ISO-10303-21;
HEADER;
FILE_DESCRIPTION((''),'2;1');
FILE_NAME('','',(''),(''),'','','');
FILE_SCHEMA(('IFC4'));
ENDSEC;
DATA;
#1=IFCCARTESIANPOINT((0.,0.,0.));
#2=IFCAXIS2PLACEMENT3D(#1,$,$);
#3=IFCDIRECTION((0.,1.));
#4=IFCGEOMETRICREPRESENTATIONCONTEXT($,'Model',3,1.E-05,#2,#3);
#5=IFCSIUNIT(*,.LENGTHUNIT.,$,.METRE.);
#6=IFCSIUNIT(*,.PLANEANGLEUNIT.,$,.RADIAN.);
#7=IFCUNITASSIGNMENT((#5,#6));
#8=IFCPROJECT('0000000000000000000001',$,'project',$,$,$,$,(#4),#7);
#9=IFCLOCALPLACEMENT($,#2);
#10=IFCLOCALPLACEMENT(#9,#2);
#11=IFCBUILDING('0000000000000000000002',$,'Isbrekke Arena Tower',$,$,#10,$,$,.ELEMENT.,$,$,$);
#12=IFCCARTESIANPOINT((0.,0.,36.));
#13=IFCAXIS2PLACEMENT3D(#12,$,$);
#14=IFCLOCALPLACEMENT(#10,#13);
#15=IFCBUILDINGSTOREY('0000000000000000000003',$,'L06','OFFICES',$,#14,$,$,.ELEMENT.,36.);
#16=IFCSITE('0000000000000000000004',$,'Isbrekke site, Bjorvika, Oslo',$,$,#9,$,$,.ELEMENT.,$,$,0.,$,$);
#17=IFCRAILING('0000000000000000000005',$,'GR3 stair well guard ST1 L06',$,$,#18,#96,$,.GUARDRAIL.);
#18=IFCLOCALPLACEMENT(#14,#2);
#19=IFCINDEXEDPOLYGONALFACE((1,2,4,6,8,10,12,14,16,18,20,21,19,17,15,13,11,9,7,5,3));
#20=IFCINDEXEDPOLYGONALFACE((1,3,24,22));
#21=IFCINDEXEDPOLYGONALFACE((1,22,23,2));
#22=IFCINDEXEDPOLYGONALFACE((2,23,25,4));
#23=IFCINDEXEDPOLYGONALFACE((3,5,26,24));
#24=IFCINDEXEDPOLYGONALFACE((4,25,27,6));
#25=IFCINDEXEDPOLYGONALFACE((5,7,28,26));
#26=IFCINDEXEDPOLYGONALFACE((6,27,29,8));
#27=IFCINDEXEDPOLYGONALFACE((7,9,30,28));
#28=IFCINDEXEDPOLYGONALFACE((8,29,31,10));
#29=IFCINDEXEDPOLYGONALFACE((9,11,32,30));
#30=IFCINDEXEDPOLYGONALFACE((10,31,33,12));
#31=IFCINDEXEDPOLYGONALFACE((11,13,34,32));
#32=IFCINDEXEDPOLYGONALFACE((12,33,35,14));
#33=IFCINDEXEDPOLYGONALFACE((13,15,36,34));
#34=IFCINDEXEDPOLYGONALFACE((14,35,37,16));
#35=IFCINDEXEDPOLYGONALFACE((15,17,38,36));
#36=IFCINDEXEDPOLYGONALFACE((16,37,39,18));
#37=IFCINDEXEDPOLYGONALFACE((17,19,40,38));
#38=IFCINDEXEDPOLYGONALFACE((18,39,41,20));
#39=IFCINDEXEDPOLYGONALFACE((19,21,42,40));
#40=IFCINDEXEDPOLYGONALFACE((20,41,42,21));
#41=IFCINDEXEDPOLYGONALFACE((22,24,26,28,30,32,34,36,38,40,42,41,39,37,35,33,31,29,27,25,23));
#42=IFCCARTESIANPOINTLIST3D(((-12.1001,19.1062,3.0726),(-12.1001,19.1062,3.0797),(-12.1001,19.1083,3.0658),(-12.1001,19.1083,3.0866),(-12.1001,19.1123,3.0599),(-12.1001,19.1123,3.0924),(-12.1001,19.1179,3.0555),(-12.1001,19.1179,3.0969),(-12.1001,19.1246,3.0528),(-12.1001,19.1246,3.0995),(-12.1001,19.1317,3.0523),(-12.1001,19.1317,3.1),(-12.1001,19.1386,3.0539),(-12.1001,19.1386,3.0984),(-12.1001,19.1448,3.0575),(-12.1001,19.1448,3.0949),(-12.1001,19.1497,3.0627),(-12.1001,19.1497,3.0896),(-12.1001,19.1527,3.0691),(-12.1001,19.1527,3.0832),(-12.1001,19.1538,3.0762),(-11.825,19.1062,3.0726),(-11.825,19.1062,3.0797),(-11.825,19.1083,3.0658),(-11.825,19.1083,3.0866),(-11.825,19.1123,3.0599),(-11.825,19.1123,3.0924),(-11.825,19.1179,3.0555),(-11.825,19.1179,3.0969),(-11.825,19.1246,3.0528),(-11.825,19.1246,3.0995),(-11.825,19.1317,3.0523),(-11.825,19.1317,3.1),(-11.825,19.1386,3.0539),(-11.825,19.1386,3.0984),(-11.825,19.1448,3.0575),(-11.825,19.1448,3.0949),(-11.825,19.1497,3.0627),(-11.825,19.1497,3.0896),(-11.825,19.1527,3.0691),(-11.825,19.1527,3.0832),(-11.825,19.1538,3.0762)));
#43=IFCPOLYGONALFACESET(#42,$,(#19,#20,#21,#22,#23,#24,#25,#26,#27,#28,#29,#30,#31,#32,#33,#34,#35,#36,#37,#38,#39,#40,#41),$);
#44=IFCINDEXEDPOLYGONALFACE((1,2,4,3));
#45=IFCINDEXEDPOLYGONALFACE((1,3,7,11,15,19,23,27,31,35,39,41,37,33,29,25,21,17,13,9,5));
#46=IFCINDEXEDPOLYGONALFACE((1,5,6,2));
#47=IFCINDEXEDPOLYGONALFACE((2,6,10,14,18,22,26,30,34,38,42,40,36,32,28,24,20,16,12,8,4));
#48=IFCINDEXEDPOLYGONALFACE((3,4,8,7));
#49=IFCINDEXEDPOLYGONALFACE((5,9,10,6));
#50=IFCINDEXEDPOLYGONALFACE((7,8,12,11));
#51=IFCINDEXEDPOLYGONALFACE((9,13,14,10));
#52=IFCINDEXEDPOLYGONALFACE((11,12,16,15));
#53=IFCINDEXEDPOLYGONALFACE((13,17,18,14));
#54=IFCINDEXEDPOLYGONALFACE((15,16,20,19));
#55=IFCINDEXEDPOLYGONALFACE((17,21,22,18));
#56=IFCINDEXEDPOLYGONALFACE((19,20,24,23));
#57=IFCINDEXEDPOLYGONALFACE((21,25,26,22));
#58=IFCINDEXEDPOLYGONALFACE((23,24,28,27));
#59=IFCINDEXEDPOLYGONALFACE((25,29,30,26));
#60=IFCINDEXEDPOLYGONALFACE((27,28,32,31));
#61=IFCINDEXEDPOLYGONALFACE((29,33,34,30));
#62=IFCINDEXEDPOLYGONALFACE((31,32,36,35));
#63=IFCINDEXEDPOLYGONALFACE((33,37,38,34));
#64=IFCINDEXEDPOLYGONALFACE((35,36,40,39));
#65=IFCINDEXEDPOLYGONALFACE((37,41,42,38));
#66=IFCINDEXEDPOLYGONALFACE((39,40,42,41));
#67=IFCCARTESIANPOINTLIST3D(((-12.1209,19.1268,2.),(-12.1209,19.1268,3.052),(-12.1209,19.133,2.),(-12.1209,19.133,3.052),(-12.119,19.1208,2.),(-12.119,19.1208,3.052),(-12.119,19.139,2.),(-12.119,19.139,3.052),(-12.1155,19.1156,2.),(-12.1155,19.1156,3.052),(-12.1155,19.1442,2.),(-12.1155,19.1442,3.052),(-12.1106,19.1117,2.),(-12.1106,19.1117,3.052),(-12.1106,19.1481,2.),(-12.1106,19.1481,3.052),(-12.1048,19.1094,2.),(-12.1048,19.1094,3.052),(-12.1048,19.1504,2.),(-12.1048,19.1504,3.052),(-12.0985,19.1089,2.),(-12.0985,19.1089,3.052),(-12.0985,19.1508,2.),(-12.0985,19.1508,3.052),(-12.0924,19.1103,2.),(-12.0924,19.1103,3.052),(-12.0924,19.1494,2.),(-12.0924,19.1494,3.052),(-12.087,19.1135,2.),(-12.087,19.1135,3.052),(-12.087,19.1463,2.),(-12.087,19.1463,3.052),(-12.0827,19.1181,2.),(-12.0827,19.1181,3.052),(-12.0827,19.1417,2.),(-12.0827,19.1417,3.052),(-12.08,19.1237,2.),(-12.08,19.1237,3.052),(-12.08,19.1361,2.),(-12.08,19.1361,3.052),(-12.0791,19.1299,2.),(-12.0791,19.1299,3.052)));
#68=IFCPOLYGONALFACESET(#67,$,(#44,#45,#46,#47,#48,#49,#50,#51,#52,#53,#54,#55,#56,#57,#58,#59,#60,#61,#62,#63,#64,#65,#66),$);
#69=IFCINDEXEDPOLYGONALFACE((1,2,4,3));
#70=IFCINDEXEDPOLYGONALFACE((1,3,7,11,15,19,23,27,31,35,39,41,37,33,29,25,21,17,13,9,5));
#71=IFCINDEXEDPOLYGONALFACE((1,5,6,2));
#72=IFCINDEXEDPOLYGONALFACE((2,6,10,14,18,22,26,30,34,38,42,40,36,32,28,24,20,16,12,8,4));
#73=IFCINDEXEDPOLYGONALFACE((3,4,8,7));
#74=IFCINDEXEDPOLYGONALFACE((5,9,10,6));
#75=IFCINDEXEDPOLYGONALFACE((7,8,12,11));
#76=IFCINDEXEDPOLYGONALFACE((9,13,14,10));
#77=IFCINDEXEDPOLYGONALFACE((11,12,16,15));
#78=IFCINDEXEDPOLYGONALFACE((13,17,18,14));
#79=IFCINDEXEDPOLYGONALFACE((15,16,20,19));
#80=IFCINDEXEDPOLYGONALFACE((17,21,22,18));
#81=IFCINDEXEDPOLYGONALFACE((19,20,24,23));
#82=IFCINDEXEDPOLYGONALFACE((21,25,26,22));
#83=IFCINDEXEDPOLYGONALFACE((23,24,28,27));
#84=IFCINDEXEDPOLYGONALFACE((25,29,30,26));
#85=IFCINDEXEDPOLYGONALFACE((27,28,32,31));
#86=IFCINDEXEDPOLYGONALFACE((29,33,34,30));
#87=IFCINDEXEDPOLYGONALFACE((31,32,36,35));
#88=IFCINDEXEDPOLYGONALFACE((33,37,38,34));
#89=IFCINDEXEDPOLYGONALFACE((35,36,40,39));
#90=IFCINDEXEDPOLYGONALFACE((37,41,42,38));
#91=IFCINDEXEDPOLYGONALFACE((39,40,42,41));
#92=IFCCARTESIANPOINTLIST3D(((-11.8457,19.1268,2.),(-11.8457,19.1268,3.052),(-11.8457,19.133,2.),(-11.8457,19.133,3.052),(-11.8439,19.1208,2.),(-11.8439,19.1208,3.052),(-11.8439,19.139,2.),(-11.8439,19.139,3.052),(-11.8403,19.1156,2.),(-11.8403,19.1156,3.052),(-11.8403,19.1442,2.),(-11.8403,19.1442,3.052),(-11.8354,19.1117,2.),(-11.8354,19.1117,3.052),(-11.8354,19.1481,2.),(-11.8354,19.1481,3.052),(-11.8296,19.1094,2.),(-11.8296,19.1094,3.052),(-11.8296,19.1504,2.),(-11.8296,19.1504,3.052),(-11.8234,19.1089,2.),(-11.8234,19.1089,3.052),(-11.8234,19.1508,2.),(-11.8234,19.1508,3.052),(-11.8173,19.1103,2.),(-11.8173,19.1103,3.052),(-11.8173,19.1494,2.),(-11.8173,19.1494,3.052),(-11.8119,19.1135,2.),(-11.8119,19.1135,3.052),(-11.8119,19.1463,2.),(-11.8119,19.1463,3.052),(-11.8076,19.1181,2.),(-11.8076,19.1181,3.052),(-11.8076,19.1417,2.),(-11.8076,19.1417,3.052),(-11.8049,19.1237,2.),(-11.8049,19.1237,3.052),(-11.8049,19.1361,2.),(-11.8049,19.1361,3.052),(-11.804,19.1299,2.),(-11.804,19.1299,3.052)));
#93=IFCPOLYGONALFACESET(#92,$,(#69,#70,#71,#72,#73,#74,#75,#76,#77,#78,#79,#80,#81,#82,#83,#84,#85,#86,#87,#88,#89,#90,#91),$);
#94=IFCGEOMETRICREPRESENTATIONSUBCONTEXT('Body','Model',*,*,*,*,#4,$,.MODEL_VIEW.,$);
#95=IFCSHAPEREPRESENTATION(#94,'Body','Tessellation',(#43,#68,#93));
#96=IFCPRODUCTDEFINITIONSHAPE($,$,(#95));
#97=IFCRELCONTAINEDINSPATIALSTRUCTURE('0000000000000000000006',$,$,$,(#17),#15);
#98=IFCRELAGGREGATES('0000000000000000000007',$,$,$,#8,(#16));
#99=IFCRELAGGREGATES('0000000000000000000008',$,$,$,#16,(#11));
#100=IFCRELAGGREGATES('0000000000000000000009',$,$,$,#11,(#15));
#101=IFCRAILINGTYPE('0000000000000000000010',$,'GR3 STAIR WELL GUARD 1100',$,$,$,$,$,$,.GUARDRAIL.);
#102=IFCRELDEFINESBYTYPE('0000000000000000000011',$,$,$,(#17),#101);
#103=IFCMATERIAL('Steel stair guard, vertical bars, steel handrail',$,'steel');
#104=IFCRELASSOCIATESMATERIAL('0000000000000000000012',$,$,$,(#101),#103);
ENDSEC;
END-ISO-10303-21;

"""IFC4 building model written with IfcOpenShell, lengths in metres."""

from ifc_helpers import new_model, si_unit, direction, frame, origin, origin_2d, place, context, subcontext, project, spatial, circle, extrude, material, type_object, element, save


model = new_model("IFC4")

# Units and contexts
model_context = context("Model", 3, precision=1e-05, world=origin(), true_north=direction((0.0, 1.0)))
body_context = subcontext(model_context, "Body", "Model", "MODEL_VIEW")
ifc_project = project(units=[si_unit("LENGTHUNIT", "METRE"), si_unit("PLANEANGLEUNIT", "RADIAN")], contexts=[model_context])

# Site, building, storey
site_placement = place(None, origin())
site = spatial("IfcSite", under=ifc_project, at=site_placement, Name="Isbrekke site, Bjorvika, Oslo", CompositionType="ELEMENT", RefElevation=0.0)
building_placement = place(site_placement, origin())
building = spatial("IfcBuilding", under=site, at=building_placement, Name="Isbrekke Arena Tower", CompositionType="ELEMENT")
storey_placement = place(building_placement, frame((0.0, 0.0, 36.0)))
storey = spatial("IfcBuildingStorey", under=building, at=storey_placement, Name="L06", Description="OFFICES", CompositionType="ELEMENT", Elevation=36.0)

# Railing
ifc_material_1 = material(Name="Steel stair guard, vertical bars, steel handrail", Category="steel")
railing_type = type_object("IfcRailingType", Name="GR3 STAIR WELL GUARD 1100", PredefinedType="GUARDRAIL", material=ifc_material_1)
for number, where, name in (
    (1, (-12.1001, 19.1299, 2.0), "GR3 stair well guard ST1 L06"),
):
    element("IfcRailing", number, at=place(storey_placement, frame(where)), inside=storey, type_object=railing_type, Name=name, PredefinedType="GUARDRAIL", context=body_context, shape_type="SweptSolid", body=[
        extrude(circle(Radius=0.0239, at=origin_2d()), frame((0.0, 0.0, 1.0762), z_axis=(1.0, 0.0, 0.0), x_axis=(0.0, 1.0, 0.0)), (0.0, 0.0, 1.0), 0.2751),
        extrude(circle(Radius=0.021, at=origin_2d()), origin(), (0.0, 0.0, 1.0), 1.052),
        extrude(circle(Radius=0.021, at=origin_2d()), frame((0.2751, 0.0, 0.0)), (0.0, 0.0, 1.0), 1.052),
    ])

save(model, "model.ifc")
